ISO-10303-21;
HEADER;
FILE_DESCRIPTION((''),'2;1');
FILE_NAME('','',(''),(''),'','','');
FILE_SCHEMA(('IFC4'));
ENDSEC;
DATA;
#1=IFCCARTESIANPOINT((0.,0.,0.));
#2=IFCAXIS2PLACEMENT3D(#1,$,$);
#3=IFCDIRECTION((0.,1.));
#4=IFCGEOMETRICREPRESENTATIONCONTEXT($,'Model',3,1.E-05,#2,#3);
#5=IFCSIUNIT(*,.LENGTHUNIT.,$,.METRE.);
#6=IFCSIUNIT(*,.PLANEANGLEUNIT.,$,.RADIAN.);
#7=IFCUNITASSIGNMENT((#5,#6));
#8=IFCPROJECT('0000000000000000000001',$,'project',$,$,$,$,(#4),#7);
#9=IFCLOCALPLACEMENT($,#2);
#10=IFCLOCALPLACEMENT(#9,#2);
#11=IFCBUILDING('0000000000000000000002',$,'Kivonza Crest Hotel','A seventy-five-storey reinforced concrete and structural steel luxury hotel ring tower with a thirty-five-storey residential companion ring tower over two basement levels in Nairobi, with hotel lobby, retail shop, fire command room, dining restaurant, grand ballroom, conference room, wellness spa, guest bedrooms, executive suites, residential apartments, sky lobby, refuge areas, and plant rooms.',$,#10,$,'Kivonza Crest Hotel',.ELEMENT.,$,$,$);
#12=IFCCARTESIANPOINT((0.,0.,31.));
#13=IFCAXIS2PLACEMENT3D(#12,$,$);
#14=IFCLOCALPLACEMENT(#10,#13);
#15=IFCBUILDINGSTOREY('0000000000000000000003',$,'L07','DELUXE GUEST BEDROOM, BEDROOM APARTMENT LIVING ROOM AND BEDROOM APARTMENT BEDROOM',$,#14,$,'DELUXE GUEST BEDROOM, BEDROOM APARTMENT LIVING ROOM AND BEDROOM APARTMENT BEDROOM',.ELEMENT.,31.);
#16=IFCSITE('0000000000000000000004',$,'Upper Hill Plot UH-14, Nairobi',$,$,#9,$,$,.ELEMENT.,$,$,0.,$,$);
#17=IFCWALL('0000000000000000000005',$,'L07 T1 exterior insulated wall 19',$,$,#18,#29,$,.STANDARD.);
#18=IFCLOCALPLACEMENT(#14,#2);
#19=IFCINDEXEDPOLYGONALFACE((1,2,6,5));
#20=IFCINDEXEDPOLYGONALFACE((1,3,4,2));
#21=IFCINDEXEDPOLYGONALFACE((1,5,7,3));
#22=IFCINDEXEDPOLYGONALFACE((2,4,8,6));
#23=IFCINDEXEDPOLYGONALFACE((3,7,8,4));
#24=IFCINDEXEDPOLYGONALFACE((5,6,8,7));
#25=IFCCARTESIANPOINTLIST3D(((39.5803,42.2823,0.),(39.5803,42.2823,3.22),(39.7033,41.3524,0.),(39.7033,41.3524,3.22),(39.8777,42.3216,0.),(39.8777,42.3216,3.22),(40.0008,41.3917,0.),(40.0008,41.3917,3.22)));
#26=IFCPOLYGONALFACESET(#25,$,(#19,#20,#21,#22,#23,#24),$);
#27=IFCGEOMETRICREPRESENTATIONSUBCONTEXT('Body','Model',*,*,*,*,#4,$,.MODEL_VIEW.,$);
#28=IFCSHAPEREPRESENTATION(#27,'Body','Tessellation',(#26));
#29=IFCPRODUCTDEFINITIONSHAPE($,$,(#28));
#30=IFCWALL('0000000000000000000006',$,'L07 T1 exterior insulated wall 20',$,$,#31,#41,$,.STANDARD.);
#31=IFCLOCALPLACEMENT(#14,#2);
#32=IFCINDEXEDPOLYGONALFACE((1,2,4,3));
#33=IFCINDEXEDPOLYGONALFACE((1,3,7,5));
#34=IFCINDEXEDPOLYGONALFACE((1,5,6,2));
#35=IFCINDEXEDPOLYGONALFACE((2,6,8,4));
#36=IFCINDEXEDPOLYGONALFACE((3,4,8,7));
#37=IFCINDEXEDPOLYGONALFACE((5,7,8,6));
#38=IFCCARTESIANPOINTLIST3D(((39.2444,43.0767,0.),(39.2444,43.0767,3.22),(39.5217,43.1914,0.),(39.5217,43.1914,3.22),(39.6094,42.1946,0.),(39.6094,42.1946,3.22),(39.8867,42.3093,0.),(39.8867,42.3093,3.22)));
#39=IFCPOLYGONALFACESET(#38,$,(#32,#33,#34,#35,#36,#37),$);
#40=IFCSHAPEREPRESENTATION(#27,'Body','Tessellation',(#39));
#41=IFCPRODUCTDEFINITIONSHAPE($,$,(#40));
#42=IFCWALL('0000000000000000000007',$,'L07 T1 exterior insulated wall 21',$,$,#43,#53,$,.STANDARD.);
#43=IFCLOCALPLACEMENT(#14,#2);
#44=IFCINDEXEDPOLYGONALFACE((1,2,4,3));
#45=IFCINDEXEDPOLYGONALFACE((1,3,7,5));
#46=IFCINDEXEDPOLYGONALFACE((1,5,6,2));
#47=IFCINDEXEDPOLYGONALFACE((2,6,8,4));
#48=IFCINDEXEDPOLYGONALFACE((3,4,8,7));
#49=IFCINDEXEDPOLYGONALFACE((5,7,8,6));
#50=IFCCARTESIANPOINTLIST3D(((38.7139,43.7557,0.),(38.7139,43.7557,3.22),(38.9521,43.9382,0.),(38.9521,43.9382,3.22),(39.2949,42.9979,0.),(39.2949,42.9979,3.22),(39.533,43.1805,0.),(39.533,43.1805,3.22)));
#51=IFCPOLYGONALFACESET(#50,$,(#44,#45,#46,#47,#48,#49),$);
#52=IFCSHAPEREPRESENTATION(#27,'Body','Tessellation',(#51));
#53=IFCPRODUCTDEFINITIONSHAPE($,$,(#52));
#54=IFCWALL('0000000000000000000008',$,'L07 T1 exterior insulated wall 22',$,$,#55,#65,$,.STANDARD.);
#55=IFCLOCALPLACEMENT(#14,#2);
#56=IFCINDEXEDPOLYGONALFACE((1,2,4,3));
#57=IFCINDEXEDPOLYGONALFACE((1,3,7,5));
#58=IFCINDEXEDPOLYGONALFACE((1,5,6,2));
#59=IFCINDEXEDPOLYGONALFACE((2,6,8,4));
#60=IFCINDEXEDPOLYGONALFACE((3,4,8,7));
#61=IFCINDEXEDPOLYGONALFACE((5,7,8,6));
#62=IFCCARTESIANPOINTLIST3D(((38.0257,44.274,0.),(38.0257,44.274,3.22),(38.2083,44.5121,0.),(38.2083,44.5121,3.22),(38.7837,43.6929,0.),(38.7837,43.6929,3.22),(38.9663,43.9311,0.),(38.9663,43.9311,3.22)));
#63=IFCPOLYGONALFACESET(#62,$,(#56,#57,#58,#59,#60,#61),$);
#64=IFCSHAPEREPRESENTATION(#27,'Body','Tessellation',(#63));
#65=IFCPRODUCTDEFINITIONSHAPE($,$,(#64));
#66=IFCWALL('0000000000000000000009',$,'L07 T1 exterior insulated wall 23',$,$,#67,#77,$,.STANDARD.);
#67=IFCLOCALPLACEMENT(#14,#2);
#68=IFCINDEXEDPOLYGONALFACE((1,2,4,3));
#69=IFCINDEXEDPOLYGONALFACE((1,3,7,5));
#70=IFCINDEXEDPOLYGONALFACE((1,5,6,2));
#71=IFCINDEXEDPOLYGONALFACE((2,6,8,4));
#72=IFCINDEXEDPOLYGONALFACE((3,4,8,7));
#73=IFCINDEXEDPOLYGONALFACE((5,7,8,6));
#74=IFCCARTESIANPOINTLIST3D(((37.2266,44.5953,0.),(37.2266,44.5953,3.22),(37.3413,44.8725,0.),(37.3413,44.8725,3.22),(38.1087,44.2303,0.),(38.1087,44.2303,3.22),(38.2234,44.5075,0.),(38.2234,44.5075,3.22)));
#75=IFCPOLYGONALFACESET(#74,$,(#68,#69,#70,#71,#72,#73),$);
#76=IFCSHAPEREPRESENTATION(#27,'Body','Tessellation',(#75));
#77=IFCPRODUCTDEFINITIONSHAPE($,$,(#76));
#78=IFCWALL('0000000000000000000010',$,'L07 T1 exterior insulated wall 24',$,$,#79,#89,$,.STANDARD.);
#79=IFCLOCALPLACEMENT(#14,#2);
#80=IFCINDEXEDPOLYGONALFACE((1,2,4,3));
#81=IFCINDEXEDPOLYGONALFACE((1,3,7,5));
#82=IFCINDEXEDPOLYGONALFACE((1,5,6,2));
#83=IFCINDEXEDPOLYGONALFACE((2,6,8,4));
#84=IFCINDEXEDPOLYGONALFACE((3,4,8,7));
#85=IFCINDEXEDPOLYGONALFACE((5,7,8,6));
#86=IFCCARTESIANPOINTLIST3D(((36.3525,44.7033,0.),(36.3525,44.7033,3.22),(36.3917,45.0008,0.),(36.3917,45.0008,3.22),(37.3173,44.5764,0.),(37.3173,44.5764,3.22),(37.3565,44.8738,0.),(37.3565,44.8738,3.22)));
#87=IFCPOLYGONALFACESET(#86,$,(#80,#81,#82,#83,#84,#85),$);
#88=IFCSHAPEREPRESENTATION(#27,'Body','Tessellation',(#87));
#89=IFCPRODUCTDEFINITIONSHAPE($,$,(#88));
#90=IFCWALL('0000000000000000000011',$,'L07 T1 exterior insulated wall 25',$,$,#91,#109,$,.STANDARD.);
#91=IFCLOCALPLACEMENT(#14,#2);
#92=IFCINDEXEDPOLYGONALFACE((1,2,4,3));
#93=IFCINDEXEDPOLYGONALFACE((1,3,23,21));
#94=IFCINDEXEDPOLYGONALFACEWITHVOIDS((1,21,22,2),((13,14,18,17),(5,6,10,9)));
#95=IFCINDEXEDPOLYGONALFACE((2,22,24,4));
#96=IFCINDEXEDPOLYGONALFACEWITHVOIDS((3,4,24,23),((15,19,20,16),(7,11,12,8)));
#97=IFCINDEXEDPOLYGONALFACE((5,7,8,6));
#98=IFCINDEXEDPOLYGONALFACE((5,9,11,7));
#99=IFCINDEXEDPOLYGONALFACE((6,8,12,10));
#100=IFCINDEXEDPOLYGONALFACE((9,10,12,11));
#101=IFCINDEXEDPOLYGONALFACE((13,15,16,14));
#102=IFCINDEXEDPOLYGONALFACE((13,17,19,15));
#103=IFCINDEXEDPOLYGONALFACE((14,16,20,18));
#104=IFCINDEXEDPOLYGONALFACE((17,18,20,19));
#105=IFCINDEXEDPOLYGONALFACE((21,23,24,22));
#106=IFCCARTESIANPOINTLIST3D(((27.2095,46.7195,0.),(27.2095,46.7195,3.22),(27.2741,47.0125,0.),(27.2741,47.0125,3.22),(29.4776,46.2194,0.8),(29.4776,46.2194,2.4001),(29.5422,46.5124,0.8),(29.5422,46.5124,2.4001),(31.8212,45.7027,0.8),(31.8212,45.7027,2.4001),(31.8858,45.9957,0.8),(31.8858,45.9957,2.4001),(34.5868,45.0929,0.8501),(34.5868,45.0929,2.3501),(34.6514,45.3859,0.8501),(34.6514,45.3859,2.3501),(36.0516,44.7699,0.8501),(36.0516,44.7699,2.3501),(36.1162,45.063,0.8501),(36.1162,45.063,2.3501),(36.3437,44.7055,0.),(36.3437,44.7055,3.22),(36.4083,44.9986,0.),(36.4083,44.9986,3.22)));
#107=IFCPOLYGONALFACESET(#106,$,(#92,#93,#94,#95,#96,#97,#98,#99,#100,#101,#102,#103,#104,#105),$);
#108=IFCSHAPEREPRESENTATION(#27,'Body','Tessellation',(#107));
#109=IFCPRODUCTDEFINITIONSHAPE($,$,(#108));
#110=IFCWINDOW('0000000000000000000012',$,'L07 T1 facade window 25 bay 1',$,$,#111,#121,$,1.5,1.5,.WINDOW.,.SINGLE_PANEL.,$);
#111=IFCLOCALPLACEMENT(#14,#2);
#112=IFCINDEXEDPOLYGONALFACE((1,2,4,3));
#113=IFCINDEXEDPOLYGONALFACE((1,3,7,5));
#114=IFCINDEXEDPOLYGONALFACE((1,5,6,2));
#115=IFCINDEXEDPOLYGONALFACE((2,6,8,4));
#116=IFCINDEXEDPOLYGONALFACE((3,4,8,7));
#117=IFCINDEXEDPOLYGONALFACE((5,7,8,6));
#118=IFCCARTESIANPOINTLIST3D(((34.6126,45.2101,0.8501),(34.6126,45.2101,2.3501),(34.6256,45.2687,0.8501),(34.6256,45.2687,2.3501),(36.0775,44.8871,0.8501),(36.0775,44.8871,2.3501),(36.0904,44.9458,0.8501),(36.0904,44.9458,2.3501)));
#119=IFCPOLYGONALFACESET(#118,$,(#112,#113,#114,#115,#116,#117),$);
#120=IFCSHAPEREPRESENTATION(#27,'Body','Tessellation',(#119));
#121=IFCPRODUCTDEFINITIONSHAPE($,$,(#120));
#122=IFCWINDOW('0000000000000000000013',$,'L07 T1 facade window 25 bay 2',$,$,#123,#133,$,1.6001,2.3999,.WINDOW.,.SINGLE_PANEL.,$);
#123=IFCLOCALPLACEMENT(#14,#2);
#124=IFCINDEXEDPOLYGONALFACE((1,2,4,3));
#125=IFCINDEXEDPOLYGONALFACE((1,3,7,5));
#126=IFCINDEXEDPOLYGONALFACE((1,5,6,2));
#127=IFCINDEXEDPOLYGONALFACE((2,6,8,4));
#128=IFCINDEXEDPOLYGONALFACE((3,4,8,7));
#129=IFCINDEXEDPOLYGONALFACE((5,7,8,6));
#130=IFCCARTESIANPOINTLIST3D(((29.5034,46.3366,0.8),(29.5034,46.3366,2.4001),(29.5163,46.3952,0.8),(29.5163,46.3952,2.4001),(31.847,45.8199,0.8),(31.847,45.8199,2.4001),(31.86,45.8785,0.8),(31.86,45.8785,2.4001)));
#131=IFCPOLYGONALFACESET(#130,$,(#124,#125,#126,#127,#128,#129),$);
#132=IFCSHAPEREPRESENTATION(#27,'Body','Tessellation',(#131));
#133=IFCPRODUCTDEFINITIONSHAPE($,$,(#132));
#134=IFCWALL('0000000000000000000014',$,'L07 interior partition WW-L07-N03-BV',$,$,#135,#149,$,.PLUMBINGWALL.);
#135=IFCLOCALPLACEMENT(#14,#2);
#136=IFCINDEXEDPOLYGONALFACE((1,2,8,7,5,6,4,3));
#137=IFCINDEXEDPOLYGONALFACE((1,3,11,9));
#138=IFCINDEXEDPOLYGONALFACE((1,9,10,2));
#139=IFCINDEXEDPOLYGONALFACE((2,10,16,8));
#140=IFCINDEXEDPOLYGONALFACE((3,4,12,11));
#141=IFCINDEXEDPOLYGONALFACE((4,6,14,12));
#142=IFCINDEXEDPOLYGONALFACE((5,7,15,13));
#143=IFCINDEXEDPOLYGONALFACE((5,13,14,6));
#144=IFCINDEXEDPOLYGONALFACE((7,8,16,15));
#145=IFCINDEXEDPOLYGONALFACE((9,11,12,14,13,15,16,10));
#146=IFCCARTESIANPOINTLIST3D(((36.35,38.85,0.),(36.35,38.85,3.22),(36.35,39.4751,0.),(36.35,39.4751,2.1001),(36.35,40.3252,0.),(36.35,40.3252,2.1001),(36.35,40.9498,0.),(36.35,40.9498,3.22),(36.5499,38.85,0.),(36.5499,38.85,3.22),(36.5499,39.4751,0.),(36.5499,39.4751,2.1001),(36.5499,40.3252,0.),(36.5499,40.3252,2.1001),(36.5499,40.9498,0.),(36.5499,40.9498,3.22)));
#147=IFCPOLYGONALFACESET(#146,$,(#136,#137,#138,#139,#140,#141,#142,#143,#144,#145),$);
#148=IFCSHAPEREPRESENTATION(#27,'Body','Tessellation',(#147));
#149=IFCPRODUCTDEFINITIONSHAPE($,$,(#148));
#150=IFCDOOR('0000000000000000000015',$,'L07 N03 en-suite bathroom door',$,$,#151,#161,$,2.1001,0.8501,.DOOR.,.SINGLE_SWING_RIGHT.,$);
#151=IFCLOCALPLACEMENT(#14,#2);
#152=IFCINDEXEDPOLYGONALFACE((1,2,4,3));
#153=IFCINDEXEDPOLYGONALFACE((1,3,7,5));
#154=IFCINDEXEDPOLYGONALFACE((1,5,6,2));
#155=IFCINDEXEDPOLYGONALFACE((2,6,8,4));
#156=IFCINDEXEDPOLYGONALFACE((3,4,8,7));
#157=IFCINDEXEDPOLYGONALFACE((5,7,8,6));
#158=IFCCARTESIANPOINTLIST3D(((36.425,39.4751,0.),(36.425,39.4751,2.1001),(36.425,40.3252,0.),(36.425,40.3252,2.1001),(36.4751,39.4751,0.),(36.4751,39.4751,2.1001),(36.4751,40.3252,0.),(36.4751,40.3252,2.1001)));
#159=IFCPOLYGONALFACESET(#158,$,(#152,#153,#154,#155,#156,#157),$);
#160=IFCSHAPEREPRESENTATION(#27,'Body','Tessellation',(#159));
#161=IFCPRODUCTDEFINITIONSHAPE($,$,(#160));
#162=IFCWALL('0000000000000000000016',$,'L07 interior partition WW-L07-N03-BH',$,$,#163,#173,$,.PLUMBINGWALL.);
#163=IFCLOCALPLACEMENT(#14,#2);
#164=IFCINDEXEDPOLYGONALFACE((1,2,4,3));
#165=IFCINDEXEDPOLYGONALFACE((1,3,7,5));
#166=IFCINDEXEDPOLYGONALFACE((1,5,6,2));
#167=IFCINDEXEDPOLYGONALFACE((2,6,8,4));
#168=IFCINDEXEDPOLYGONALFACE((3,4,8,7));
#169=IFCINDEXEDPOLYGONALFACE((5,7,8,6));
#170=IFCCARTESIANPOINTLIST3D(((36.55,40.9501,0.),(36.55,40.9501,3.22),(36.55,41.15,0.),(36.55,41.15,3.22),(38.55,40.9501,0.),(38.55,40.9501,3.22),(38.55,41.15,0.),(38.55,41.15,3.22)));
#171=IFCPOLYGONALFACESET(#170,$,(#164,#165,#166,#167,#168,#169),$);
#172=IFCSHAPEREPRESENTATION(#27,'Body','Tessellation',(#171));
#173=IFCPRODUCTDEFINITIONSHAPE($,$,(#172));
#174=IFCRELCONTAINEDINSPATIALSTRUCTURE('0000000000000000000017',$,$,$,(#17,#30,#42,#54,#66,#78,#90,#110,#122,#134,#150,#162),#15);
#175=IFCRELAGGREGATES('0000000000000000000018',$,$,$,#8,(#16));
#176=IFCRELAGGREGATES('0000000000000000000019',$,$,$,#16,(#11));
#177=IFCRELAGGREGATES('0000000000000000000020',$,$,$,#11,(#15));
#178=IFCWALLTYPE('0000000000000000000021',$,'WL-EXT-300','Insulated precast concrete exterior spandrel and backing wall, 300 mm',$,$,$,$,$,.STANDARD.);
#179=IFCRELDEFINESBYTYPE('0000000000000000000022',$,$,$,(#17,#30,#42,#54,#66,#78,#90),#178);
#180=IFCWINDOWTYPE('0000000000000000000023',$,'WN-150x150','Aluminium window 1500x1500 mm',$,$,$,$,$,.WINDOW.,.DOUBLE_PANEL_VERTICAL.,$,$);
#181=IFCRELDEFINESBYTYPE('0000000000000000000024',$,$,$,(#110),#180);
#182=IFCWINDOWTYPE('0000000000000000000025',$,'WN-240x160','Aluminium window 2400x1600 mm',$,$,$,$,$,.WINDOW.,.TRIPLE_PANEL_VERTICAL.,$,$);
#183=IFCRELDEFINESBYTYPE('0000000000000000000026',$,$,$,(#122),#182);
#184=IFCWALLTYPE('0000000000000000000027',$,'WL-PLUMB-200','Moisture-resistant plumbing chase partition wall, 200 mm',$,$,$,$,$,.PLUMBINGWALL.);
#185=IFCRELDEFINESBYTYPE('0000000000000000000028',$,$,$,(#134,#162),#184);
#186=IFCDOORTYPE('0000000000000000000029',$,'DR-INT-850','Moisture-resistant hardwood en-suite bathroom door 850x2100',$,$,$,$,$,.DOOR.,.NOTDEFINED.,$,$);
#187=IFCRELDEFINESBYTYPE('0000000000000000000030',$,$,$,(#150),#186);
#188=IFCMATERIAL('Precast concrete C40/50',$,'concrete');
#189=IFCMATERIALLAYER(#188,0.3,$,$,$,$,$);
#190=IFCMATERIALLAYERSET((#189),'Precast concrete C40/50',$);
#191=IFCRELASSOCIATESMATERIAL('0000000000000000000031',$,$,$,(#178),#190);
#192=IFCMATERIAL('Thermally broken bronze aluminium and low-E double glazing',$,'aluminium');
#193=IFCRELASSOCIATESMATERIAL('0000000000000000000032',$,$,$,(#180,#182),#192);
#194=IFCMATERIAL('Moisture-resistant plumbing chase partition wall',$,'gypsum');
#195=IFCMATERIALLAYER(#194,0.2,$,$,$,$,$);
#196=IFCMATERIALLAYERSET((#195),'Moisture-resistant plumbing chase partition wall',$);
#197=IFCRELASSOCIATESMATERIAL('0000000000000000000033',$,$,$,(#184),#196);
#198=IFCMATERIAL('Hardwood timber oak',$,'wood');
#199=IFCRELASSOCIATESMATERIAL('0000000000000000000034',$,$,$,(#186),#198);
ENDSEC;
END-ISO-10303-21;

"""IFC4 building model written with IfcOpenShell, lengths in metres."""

from ifc_helpers import new_model, si_unit, direction, frame, frame_2d, origin, place, context, subcontext, project, spatial, rectangle, extrude, material, layer, layer_set, type_object, element, fill, save


model = new_model("IFC4")

# Units and contexts
model_context = context("Model", 3, precision=1e-05, world=origin(), true_north=direction((0.0, 1.0)))
body_context = subcontext(model_context, "Body", "Model", "MODEL_VIEW")
ifc_project = project(units=[si_unit("LENGTHUNIT", "METRE"), si_unit("PLANEANGLEUNIT", "RADIAN")], contexts=[model_context])

# Site, building, storey
site_placement = place(None, origin())
site = spatial("IfcSite", under=ifc_project, at=site_placement, Name="Upper Hill Plot UH-14, Nairobi", CompositionType="ELEMENT", RefElevation=0.0)
building_placement = place(site_placement, origin())
building = spatial("IfcBuilding", under=site, at=building_placement, Name="Kivonza Crest Hotel", Description="A seventy-five-storey reinforced concrete and structural steel luxury hotel ring tower with a thirty-five-storey residential companion ring tower over two basement levels in Nairobi, with hotel lobby, retail shop, fire command room, dining restaurant, grand ballroom, conference room, wellness spa, guest bedrooms, executive suites, residential apartments, sky lobby, refuge areas, and plant rooms.", LongName="Kivonza Crest Hotel", CompositionType="ELEMENT")
storey_placement = place(building_placement, frame((0.0, 0.0, 31.0)))
storey = spatial("IfcBuildingStorey", under=building, at=storey_placement, Name="L07", Description="DELUXE GUEST BEDROOM, BEDROOM APARTMENT LIVING ROOM AND BEDROOM APARTMENT BEDROOM", LongName="DELUXE GUEST BEDROOM, BEDROOM APARTMENT LIVING ROOM AND BEDROOM APARTMENT BEDROOM", CompositionType="ELEMENT", Elevation=31.0)

# Shared definitions
ifc_material_1 = material(Name="Hardwood timber oak", Category="wood")

# Walls
ifc_material_2 = material(Name="Precast concrete C40/50", Category="concrete")
ifc_layer_1 = layer(ifc_material_2, 0.3)
ifc_layer_set_1 = layer_set([ifc_layer_1], Name="Precast concrete C40/50")
wall_type_1 = type_object("IfcWallType", Name="WL-EXT-300", Description="Insulated precast concrete exterior spandrel and backing wall, 300 mm", PredefinedType="STANDARD", material=ifc_layer_set_1)
wall_1_placement = place(storey_placement, frame((39.8521, 41.3721, 0.0), z_axis=(0.0, 0.0, 1.0), x_axis=(-0.131175, 0.991359, 0.0)))
element("IfcWall", 1, at=wall_1_placement, inside=storey, type_object=wall_type_1, Name="L07 T1 exterior insulated wall 19", PredefinedType="STANDARD", context=body_context, shape_type="SweptSolid", body=[
    extrude(rectangle(XDim=0.938, YDim=0.3, at=frame_2d((0.469, 0.0))), origin(), (0.0, 0.0, 1.0), 3.22),
])
wall_2_placement = place(storey_placement, frame((39.748, 42.252, 0.0), z_axis=(0.0, 0.0, 1.0), x_axis=(-0.382344, 0.92402, 0.0)))
element("IfcWall", 2, at=wall_2_placement, inside=storey, type_object=wall_type_1, Name="L07 T1 exterior insulated wall 20", PredefinedType="STANDARD", context=body_context, shape_type="SweptSolid", body=[
    extrude(rectangle(XDim=0.9546, YDim=0.3, at=frame_2d((0.4773, 0.0))), origin(), (0.0, 0.0, 1.0), 3.22),
])
wall_3_placement = place(storey_placement, frame((39.4141, 43.0891, 0.0), z_axis=(0.0, 0.0, 1.0), x_axis=(-0.608474, 0.793573, 0.0)))
element("IfcWall", 3, at=wall_3_placement, inside=storey, type_object=wall_type_1, Name="L07 T1 exterior insulated wall 21", PredefinedType="STANDARD", context=body_context, shape_type="SweptSolid", body=[
    extrude(rectangle(XDim=0.9548, YDim=0.3, at=frame_2d((0.4775, 0.0))), origin(), (0.0, 0.0, 1.0), 3.22),
])
wall_4_placement = place(storey_placement, frame((38.875, 43.812, 0.0), z_axis=(0.0, 0.0, 1.0), x_axis=(-0.793668, 0.608351, 0.0)))
element("IfcWall", 4, at=wall_4_placement, inside=storey, type_object=wall_type_1, Name="L07 T1 exterior insulated wall 22", PredefinedType="STANDARD", context=body_context, shape_type="SweptSolid", body=[
    extrude(rectangle(XDim=0.9551, YDim=0.3, at=frame_2d((0.4775, 0.0))), origin(), (0.0, 0.0, 1.0), 3.22),
])
wall_5_placement = place(storey_placement, frame((38.166, 44.3689, 0.0), z_axis=(0.0, 0.0, 1.0), x_axis=(-0.92402, 0.382344, 0.0)))
element("IfcWall", 5, at=wall_5_placement, inside=storey, type_object=wall_type_1, Name="L07 T1 exterior insulated wall 23", PredefinedType="STANDARD", context=body_context, shape_type="SweptSolid", body=[
    extrude(rectangle(XDim=0.9546, YDim=0.3, at=frame_2d((0.4773, 0.0))), origin(), (0.0, 0.0, 1.0), 3.22),
])
wall_6_placement = place(storey_placement, frame((37.3369, 44.7251, 0.0), z_axis=(0.0, 0.0, 1.0), x_axis=(-0.991454, 0.130455, 0.0)))
element("IfcWall", 6, at=wall_6_placement, inside=storey, type_object=wall_type_1, Name="L07 T1 exterior insulated wall 24", PredefinedType="STANDARD", context=body_context, shape_type="SweptSolid", body=[
    extrude(rectangle(XDim=0.9731, YDim=0.3, at=frame_2d((0.4866, 0.0))), origin(), (0.0, 0.0, 1.0), 3.22),
])

# Wall, openings, windows
wall_7_placement = place(storey_placement, frame((36.376, 44.8521, 0.0), z_axis=(0.0, 0.0, 1.0), x_axis=(-0.976545, 0.215313, 0.0)))
wall_7 = element("IfcWall", 7, at=wall_7_placement, inside=storey, type_object=wall_type_1, Name="L07 T1 exterior insulated wall 25", PredefinedType="STANDARD", context=body_context, shape_type="SweptSolid", body=[
    extrude(rectangle(XDim=9.3535, YDim=0.3, at=frame_2d((4.6768, 0.0))), origin(), (0.0, 0.0, 1.0), 3.22),
])
opening_1_placement = place(wall_7_placement, frame((0.2991, 0.0, 0.8501)))
opening_1 = element("IfcOpeningElement", 8, at=opening_1_placement, cuts=wall_7, PredefinedType="OPENING", context=body_context, shape_type="SweptSolid", body=[
    extrude(rectangle(XDim=1.5, YDim=1.5, at=frame_2d((0.75, 0.75))), frame((0.0, 0.1602, 0.0), z_axis=(0.0, -1.0, 0.0), x_axis=(1.0, 0.0, 0.0)), (0.0, 0.0, 1.0), 0.3201),
])
opening_2_placement = place(wall_7_placement, frame((4.6311, 0.0, 0.8)))
opening_2 = element("IfcOpeningElement", 9, at=opening_2_placement, cuts=wall_7, PredefinedType="OPENING", context=body_context, shape_type="SweptSolid", body=[
    extrude(rectangle(XDim=2.3999, YDim=1.6001, at=frame_2d((1.2, 0.8))), frame((0.0, 0.1602, 0.0), z_axis=(0.0, -1.0, 0.0), x_axis=(1.0, 0.0, 0.0)), (0.0, 0.0, 1.0), 0.3201),
])
ifc_material_3 = material(Name="Thermally broken bronze aluminium and low-E double glazing", Category="aluminium")
window_type_1 = type_object("IfcWindowType", Name="WN-150x150", Description="Aluminium window 1500x1500 mm", PartitioningType="DOUBLE_PANEL_VERTICAL", PredefinedType="WINDOW", material=ifc_material_3)
window_1_placement = place(opening_1_placement, origin())
window_1 = element("IfcWindow", 10, at=window_1_placement, inside=storey, type_object=window_type_1, Name="L07 T1 facade window 25 bay 1", OverallHeight=1.5, OverallWidth=1.5, PartitioningType="SINGLE_PANEL", PredefinedType="WINDOW", context=body_context, shape_type="SweptSolid", body=[
    extrude(rectangle(XDim=1.5, YDim=1.5, at=frame_2d((0.75, 0.75))), frame((0.0, 0.03, 0.0), z_axis=(0.0, -1.0, 0.0), x_axis=(1.0, 0.0, 0.0)), (0.0, 0.0, 1.0), 0.0601),
])
fill(opening_1, window_1)
window_type_2 = type_object("IfcWindowType", Name="WN-240x160", Description="Aluminium window 2400x1600 mm", PartitioningType="TRIPLE_PANEL_VERTICAL", PredefinedType="WINDOW", material=ifc_material_3)
window_2_placement = place(opening_2_placement, origin())
window_2 = element("IfcWindow", 11, at=window_2_placement, inside=storey, type_object=window_type_2, Name="L07 T1 facade window 25 bay 2", OverallHeight=1.6001, OverallWidth=2.3999, PartitioningType="SINGLE_PANEL", PredefinedType="WINDOW", context=body_context, shape_type="SweptSolid", body=[
    extrude(rectangle(XDim=2.3999, YDim=1.6001, at=frame_2d((1.2, 0.8))), frame((0.0, 0.03, 0.0), z_axis=(0.0, -1.0, 0.0), x_axis=(1.0, 0.0, 0.0)), (0.0, 0.0, 1.0), 0.0601),
])
fill(opening_2, window_2)

# Wall, opening, door
ifc_material_4 = material(Name="Moisture-resistant plumbing chase partition wall", Category="gypsum")
ifc_layer_2 = layer(ifc_material_4, 0.2)
ifc_layer_set_2 = layer_set([ifc_layer_2], Name="Moisture-resistant plumbing chase partition wall")
wall_type_2 = type_object("IfcWallType", Name="WL-PLUMB-200", Description="Moisture-resistant plumbing chase partition wall, 200 mm", PredefinedType="PLUMBINGWALL", material=ifc_layer_set_2)
wall_8_placement = place(storey_placement, frame((36.45, 38.8501, 0.0), z_axis=(0.0, 0.0, 1.0), x_axis=(0.0, 1.0, 0.0)))
wall_8 = element("IfcWall", 12, at=wall_8_placement, inside=storey, type_object=wall_type_2, Name="L07 interior partition WW-L07-N03-BV", PredefinedType="PLUMBINGWALL", context=body_context, shape_type="SweptSolid", body=[
    extrude(rectangle(XDim=2.0999, YDim=0.2, at=frame_2d((1.0498, 0.0))), origin(), (0.0, 0.0, 1.0), 3.22),
])
opening_3_placement = place(wall_8_placement, frame((0.625, 0.0, 0.0)))
opening_3 = element("IfcOpeningElement", 13, at=opening_3_placement, cuts=wall_8, PredefinedType="OPENING", context=body_context, shape_type="SweptSolid", body=[
    extrude(rectangle(XDim=0.8501, YDim=2.1001, at=frame_2d((0.425, 1.05))), frame((0.0, 0.1099, 0.0), z_axis=(0.0, -1.0, 0.0), x_axis=(1.0, 0.0, 0.0)), (0.0, 0.0, 1.0), 0.22),
])
door_type_1 = type_object("IfcDoorType", Name="DR-INT-850", Description="Moisture-resistant hardwood en-suite bathroom door 850x2100", OperationType="NOTDEFINED", PredefinedType="DOOR", material=ifc_material_1)
door_1_placement = place(opening_3_placement, origin())
door_1 = element("IfcDoor", 14, at=door_1_placement, inside=storey, type_object=door_type_1, Name="L07 N03 en-suite bathroom door", OperationType="SINGLE_SWING_RIGHT", OverallHeight=2.1001, OverallWidth=0.8501, PredefinedType="DOOR", context=body_context, shape_type="SweptSolid", body=[
    extrude(rectangle(XDim=0.8501, YDim=2.1001, at=frame_2d((0.425, 1.05))), frame((0.0, 0.0249, 0.0), z_axis=(0.0, -1.0, 0.0), x_axis=(1.0, 0.0, 0.0)), (0.0, 0.0, 1.0), 0.05),
])
fill(opening_3, door_1)

# Wall
wall_9_placement = place(storey_placement, frame((36.55, 41.05, 0.0), z_axis=(0.0, 0.0, 1.0), x_axis=(1.0, 0.0, 0.0)))
element("IfcWall", 15, at=wall_9_placement, inside=storey, type_object=wall_type_2, Name="L07 interior partition WW-L07-N03-BH", PredefinedType="PLUMBINGWALL", context=body_context, shape_type="SweptSolid", body=[
    extrude(rectangle(XDim=2.0, YDim=0.2, at=frame_2d((1.0, 0.0))), origin(), (0.0, 0.0, 1.0), 3.22),
])

save(model, "model.ifc")
